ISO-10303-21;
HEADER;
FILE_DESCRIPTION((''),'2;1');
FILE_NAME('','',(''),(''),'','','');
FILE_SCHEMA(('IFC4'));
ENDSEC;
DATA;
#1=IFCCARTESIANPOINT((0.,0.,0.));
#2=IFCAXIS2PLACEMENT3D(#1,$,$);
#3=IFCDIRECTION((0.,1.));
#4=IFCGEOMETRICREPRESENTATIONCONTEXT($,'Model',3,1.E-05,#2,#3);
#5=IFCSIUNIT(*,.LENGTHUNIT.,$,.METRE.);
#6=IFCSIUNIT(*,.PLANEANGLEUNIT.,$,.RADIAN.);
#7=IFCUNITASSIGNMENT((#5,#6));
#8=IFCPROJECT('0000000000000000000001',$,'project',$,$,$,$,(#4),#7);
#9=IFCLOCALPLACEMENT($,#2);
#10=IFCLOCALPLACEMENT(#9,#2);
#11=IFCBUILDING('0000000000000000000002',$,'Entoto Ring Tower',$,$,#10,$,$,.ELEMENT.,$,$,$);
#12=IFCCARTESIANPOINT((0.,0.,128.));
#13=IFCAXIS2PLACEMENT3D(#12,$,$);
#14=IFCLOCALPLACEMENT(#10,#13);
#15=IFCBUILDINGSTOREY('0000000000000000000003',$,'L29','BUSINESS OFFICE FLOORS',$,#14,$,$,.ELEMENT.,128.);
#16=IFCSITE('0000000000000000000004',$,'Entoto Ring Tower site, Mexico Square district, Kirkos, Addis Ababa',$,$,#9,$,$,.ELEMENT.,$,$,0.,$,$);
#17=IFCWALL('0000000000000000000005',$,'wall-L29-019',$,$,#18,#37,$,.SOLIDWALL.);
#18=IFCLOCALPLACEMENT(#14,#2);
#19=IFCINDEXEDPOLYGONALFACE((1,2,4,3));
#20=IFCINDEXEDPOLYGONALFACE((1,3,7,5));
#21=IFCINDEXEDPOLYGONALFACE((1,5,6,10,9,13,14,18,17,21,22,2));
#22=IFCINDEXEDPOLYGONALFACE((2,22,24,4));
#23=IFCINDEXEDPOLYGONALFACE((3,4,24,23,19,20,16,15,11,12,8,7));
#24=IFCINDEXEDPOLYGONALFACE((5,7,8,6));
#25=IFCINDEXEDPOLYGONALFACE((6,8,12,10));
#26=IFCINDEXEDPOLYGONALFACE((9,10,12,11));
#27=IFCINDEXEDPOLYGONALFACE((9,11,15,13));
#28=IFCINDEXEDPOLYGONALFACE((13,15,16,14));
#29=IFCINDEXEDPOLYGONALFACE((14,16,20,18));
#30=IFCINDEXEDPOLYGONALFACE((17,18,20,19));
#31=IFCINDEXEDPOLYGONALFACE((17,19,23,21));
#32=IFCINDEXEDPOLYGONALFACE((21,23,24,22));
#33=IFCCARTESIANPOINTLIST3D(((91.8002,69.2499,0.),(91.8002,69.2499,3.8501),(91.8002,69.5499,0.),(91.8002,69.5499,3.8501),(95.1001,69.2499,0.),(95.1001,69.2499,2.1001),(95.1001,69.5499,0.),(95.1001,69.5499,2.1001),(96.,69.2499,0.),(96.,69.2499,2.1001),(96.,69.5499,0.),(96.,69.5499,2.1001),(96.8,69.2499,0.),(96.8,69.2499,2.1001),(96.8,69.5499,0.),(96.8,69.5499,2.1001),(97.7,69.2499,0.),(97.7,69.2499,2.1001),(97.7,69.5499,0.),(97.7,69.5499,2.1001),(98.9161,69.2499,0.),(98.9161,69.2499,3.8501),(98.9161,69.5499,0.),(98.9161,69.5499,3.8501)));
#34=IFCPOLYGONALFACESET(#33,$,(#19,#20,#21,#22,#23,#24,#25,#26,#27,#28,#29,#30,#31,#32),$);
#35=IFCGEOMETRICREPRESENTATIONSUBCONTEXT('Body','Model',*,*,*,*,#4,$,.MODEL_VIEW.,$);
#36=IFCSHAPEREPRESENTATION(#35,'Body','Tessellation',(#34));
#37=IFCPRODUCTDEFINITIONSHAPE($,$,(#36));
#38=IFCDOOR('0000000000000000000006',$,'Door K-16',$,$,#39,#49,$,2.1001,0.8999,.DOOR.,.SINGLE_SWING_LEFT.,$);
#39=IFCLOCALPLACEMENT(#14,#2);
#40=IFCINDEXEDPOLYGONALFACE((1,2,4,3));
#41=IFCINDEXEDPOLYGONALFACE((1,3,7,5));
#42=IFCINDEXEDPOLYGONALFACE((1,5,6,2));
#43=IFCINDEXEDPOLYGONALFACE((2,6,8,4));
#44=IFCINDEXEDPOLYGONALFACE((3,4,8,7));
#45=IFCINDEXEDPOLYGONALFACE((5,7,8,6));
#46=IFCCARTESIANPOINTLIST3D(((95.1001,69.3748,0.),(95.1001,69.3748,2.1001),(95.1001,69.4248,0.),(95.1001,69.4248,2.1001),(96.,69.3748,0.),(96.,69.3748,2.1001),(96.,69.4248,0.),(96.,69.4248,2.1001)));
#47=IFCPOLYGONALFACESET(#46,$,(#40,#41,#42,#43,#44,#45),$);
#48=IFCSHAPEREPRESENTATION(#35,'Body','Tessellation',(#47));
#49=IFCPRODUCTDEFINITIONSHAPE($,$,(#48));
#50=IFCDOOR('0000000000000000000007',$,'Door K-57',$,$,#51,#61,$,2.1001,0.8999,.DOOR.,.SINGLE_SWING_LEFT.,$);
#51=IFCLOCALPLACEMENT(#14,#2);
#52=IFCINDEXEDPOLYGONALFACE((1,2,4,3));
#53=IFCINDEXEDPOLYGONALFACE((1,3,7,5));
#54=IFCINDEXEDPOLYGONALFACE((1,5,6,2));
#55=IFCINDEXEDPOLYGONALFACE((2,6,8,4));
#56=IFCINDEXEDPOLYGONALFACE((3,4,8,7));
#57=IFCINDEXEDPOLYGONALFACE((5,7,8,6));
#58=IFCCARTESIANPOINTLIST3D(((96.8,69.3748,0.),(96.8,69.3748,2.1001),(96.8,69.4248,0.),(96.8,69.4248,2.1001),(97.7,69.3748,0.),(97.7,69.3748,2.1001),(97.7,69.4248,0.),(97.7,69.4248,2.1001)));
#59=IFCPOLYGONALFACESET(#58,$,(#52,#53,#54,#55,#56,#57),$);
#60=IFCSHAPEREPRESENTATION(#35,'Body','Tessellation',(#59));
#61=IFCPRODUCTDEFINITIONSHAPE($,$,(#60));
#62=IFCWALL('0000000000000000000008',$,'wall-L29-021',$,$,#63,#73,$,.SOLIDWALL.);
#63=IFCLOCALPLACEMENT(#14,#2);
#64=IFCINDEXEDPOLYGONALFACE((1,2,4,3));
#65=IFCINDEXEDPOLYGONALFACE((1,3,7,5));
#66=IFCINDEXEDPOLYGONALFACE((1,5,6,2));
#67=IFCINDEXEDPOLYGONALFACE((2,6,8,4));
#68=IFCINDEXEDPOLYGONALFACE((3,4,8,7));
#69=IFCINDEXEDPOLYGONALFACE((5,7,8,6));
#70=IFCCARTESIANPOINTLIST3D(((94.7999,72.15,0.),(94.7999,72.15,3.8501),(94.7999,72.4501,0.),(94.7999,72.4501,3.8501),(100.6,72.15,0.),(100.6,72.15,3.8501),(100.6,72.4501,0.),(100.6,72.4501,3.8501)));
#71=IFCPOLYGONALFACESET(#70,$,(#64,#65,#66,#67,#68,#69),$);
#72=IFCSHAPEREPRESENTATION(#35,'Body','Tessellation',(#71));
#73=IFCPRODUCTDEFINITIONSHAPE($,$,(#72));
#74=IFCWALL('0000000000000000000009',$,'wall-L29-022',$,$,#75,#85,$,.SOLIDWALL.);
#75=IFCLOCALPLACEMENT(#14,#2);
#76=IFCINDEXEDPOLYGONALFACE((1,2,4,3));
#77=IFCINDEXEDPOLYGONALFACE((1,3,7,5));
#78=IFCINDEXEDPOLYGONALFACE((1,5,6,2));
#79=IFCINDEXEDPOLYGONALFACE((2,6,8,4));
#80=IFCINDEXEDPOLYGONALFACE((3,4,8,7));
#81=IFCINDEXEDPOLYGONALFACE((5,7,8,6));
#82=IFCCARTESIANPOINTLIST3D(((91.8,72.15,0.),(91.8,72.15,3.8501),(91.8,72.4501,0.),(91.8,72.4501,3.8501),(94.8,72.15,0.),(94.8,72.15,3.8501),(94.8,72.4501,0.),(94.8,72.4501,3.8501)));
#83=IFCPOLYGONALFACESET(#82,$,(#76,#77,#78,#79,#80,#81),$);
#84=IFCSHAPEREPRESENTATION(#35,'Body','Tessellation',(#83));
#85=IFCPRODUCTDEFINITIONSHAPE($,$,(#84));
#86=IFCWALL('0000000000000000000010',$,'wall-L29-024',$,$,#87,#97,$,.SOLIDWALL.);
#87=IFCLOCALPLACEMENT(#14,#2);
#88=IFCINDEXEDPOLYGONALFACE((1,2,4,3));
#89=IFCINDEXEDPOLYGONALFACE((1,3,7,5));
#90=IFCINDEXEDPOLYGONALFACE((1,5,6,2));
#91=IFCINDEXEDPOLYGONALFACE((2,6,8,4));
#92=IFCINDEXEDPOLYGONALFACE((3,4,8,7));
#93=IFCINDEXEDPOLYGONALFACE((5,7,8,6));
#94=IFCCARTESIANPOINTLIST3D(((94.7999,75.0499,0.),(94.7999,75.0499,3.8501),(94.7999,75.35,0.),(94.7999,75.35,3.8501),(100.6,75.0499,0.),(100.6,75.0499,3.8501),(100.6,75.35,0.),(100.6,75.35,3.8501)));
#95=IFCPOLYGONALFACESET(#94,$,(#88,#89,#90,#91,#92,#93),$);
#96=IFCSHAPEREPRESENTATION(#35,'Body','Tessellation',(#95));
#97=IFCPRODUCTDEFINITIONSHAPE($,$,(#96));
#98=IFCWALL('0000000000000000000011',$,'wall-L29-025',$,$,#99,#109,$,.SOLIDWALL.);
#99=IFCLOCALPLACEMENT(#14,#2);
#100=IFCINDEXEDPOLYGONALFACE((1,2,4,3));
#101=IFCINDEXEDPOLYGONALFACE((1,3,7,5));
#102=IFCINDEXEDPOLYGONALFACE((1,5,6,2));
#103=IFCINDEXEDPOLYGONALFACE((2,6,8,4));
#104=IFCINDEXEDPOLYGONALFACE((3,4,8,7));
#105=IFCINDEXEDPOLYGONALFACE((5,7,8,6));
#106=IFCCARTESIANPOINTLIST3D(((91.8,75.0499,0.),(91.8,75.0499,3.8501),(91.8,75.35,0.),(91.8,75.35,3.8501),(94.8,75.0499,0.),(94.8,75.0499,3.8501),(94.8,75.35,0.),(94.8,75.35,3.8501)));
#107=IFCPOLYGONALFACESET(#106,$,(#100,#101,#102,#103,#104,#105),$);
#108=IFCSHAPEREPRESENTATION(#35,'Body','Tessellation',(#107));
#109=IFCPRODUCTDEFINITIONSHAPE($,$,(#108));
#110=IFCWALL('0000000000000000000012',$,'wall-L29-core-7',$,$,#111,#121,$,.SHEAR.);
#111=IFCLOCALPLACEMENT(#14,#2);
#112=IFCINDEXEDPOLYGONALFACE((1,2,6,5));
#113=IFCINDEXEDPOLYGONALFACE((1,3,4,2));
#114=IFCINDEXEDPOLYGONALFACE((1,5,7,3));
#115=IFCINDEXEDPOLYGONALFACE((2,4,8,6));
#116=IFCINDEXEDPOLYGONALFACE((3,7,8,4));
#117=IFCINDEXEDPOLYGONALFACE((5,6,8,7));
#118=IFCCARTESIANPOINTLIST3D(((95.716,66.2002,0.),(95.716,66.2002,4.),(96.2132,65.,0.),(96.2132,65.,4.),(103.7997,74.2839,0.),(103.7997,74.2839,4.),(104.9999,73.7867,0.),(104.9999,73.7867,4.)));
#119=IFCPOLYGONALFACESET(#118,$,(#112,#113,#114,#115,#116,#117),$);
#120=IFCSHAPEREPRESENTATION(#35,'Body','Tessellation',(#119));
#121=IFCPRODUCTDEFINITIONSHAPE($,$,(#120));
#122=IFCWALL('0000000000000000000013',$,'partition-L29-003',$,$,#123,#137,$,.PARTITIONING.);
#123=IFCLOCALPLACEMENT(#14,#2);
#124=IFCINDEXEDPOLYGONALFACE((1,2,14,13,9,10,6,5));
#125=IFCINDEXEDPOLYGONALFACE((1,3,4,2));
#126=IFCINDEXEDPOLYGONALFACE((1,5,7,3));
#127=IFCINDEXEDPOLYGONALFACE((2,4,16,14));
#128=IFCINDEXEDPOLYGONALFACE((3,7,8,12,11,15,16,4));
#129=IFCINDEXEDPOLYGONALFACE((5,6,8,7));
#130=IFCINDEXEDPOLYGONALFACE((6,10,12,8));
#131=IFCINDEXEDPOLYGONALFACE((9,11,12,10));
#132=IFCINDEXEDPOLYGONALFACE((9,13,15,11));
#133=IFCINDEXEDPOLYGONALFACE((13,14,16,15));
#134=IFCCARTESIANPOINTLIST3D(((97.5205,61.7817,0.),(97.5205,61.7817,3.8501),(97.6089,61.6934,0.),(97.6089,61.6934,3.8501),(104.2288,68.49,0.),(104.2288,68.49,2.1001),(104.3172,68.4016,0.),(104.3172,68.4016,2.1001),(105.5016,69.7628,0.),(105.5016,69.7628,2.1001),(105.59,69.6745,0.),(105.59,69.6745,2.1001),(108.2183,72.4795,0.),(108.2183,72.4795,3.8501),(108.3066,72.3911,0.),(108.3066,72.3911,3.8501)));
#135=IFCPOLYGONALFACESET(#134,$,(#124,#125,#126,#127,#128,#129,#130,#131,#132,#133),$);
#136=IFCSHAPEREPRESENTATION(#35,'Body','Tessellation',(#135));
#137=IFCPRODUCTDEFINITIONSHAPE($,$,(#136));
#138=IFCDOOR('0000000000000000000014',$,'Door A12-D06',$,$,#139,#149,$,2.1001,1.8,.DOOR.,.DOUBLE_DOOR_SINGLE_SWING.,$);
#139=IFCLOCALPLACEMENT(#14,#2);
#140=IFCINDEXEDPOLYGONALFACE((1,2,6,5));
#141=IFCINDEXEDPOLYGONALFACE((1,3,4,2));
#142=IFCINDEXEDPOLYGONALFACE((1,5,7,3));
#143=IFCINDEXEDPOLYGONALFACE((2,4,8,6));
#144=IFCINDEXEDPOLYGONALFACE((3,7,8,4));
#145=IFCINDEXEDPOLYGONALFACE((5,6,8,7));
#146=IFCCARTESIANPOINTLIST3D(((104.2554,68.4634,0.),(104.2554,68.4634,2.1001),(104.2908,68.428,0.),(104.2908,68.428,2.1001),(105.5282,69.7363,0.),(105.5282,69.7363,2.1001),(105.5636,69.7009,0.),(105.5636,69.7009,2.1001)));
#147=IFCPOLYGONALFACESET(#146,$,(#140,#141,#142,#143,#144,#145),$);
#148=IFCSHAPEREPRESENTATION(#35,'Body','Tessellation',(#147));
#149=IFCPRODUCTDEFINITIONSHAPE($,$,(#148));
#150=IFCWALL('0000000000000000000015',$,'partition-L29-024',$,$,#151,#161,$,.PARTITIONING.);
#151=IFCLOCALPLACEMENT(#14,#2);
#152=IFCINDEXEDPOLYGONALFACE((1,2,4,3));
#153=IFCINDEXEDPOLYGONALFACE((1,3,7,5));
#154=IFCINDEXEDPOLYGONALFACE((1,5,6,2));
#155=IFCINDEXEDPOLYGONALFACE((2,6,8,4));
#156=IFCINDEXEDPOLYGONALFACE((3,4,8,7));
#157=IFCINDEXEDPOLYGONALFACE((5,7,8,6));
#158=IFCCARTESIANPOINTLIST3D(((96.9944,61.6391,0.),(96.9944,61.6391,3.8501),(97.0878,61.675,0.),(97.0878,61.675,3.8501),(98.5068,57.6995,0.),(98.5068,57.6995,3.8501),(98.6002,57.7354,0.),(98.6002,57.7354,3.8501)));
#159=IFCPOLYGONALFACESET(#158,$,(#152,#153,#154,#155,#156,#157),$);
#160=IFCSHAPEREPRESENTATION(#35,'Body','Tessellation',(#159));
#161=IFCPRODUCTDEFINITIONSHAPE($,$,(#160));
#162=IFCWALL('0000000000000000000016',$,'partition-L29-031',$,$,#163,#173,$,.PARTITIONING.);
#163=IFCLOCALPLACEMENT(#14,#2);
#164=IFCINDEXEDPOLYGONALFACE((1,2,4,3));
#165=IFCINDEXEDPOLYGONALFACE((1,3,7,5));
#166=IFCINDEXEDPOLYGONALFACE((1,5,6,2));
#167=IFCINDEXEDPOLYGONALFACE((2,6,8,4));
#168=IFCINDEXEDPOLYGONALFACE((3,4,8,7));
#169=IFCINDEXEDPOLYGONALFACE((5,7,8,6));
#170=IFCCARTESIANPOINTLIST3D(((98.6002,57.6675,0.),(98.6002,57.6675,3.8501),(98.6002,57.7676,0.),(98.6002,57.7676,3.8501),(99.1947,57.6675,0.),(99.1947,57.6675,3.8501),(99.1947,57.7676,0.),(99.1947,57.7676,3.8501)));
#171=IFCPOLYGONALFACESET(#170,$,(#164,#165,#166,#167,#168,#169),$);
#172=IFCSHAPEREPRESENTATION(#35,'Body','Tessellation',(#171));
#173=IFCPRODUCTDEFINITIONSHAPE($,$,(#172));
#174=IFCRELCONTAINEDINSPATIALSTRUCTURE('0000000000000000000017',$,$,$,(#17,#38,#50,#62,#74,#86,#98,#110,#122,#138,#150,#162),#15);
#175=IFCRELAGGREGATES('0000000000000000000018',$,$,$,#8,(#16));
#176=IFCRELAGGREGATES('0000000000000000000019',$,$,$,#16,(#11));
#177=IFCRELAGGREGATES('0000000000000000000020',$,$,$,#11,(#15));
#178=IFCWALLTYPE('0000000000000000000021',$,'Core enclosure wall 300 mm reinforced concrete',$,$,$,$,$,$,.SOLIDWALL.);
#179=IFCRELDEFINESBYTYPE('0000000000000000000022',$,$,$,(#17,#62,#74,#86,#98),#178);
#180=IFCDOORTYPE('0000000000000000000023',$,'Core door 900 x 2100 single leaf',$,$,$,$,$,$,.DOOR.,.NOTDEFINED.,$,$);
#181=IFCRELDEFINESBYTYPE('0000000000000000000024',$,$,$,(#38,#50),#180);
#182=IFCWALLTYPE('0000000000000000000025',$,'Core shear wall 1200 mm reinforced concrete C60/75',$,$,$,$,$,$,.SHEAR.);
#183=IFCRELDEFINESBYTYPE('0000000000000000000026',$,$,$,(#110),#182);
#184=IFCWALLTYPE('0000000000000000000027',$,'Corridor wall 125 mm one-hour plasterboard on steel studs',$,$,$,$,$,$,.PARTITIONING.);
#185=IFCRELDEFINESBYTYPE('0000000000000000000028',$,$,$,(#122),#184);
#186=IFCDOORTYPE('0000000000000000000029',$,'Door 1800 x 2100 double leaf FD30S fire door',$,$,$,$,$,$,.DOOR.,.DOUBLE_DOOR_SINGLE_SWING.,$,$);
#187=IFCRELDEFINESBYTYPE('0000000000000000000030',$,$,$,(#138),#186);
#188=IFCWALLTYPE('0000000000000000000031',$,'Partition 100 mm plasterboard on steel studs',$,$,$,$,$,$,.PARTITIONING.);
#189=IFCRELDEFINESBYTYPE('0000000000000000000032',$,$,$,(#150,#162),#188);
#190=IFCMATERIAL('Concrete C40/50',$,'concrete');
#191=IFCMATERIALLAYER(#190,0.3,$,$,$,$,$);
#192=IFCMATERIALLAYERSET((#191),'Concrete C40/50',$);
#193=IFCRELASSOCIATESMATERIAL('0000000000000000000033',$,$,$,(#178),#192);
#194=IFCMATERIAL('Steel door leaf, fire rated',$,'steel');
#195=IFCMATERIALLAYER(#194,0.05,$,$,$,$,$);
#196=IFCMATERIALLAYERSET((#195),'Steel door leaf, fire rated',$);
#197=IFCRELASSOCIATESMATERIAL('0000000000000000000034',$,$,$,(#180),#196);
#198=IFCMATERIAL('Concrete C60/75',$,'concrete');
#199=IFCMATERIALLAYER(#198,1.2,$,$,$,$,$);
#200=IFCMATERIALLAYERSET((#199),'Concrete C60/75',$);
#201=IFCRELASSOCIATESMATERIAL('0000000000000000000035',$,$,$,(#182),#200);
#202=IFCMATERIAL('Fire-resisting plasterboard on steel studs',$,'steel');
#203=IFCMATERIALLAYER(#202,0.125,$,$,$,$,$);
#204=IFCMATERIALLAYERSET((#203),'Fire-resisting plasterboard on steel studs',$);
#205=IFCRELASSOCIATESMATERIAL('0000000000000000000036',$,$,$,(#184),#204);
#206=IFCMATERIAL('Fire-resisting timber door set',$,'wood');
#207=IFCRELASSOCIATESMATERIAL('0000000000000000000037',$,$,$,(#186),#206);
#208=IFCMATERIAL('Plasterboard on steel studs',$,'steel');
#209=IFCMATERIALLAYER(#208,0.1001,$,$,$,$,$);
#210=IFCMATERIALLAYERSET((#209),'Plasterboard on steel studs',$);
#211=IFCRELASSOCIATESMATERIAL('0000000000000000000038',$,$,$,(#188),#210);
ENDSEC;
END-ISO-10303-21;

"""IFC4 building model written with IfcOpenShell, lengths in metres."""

from ifc_helpers import new_model, si_unit, direction, frame, frame_2d, origin, place, context, subcontext, project, spatial, polyline, rectangle, outline, extrude, material, layer, layer_set, type_object, element, fill, save


model = new_model("IFC4")

# Units and contexts
model_context = context("Model", 3, precision=1e-05, world=origin(), true_north=direction((0.0, 1.0)))
body_context = subcontext(model_context, "Body", "Model", "MODEL_VIEW")
ifc_project = project(units=[si_unit("LENGTHUNIT", "METRE"), si_unit("PLANEANGLEUNIT", "RADIAN")], contexts=[model_context])

# Site, building, storey
site_placement = place(None, origin())
site = spatial("IfcSite", under=ifc_project, at=site_placement, Name="Entoto Ring Tower site, Mexico Square district, Kirkos, Addis Ababa", CompositionType="ELEMENT", RefElevation=0.0)
building_placement = place(site_placement, origin())
building = spatial("IfcBuilding", under=site, at=building_placement, Name="Entoto Ring Tower", CompositionType="ELEMENT")
storey_placement = place(building_placement, frame((0.0, 0.0, 128.0)))
storey = spatial("IfcBuildingStorey", under=building, at=storey_placement, Name="L29", Description="BUSINESS OFFICE FLOORS", CompositionType="ELEMENT", Elevation=128.0)

# Shared definitions
ifc_material_1 = material(Name="Concrete C40/50", Category="concrete")
ifc_layer_1 = layer(ifc_material_1, 0.3)
ifc_layer_set_1 = layer_set([ifc_layer_1], Name="Concrete C40/50")
wall_type_1 = type_object("IfcWallType", Name="Core enclosure wall 300 mm reinforced concrete", PredefinedType="SOLIDWALL", material=ifc_layer_set_1)

# Wall, openings, doors
wall_1_placement = place(storey_placement, frame((91.8, 69.3999, 0.0), z_axis=(0.0, 0.0, 1.0), x_axis=(1.0, 0.0, 0.0)))
wall_1 = element("IfcWall", 1, at=wall_1_placement, inside=storey, type_object=wall_type_1, Name="wall-L29-019", PredefinedType="SOLIDWALL", context=body_context, shape_type="SweptSolid", body=[
    extrude(rectangle(XDim=7.116, YDim=0.3, at=frame_2d((3.5581, 0.0))), origin(), (0.0, 0.0, 1.0), 3.8501),
])
opening_1_placement = place(wall_1_placement, frame((3.3, 0.0, 0.0)))
opening_1 = element("IfcOpeningElement", 2, at=opening_1_placement, cuts=wall_1, PredefinedType="OPENING", context=body_context, shape_type="SweptSolid", body=[
    extrude(rectangle(XDim=0.8999, YDim=2.1001, at=frame_2d((0.45, 1.05))), frame((0.0, 0.1602, 0.0), z_axis=(0.0, -1.0, 0.0), x_axis=(1.0, 0.0, 0.0)), (0.0, 0.0, 1.0), 0.3201),
])
opening_2_placement = place(wall_1_placement, frame((5.0, 0.0, 0.0)))
opening_2 = element("IfcOpeningElement", 3, at=opening_2_placement, cuts=wall_1, PredefinedType="OPENING", context=body_context, shape_type="SweptSolid", body=[
    extrude(rectangle(XDim=0.8999, YDim=2.1001, at=frame_2d((0.45, 1.05))), frame((0.0, 0.1602, 0.0), z_axis=(0.0, -1.0, 0.0), x_axis=(1.0, 0.0, 0.0)), (0.0, 0.0, 1.0), 0.3201),
])
ifc_material_2 = material(Name="Steel door leaf, fire rated", Category="steel")
ifc_layer_2 = layer(ifc_material_2, 0.05)
ifc_layer_set_2 = layer_set([ifc_layer_2], Name="Steel door leaf, fire rated")
door_type_1 = type_object("IfcDoorType", Name="Core door 900 x 2100 single leaf", OperationType="NOTDEFINED", PredefinedType="DOOR", material=ifc_layer_set_2)
door_1_placement = place(opening_1_placement, origin())
door_1 = element("IfcDoor", 4, at=door_1_placement, inside=storey, type_object=door_type_1, Name="Door K-16", OperationType="SINGLE_SWING_LEFT", OverallHeight=2.1001, OverallWidth=0.8999, PredefinedType="DOOR", context=body_context, shape_type="SweptSolid", body=[
    extrude(rectangle(XDim=0.8999, YDim=2.1001, at=frame_2d((0.45, 1.05))), frame((0.0, 0.0249, 0.0), z_axis=(0.0, -1.0, 0.0), x_axis=(1.0, 0.0, 0.0)), (0.0, 0.0, 1.0), 0.05),
])
fill(opening_1, door_1)
door_2_placement = place(opening_2_placement, origin())
door_2 = element("IfcDoor", 5, at=door_2_placement, inside=storey, type_object=door_type_1, Name="Door K-57", OperationType="SINGLE_SWING_LEFT", OverallHeight=2.1001, OverallWidth=0.8999, PredefinedType="DOOR", context=body_context, shape_type="SweptSolid", body=[
    extrude(rectangle(XDim=0.8999, YDim=2.1001, at=frame_2d((0.45, 1.05))), frame((0.0, 0.0249, 0.0), z_axis=(0.0, -1.0, 0.0), x_axis=(1.0, 0.0, 0.0)), (0.0, 0.0, 1.0), 0.05),
])
fill(opening_2, door_2)

# Walls
wall_2_placement = place(storey_placement, frame((94.8, 72.3, 0.0), z_axis=(0.0, 0.0, 1.0), x_axis=(1.0, 0.0, 0.0)))
element("IfcWall", 6, at=wall_2_placement, inside=storey, type_object=wall_type_1, Name="wall-L29-021", PredefinedType="SOLIDWALL", context=body_context, shape_type="SweptSolid", body=[
    extrude(rectangle(XDim=5.8, YDim=0.3, at=frame_2d((2.8999, 0.0))), origin(), (0.0, 0.0, 1.0), 3.8501),
])
wall_3_placement = place(storey_placement, frame((91.8, 72.3, 0.0), z_axis=(0.0, 0.0, 1.0), x_axis=(1.0, 0.0, 0.0)))
element("IfcWall", 7, at=wall_3_placement, inside=storey, type_object=wall_type_1, Name="wall-L29-022", PredefinedType="SOLIDWALL", context=body_context, shape_type="SweptSolid", body=[
    extrude(rectangle(XDim=3.0, YDim=0.3, at=frame_2d((1.5, 0.0))), origin(), (0.0, 0.0, 1.0), 3.8501),
])
wall_4_placement = place(storey_placement, frame((94.8, 75.2, 0.0), z_axis=(0.0, 0.0, 1.0), x_axis=(1.0, 0.0, 0.0)))
element("IfcWall", 8, at=wall_4_placement, inside=storey, type_object=wall_type_1, Name="wall-L29-024", PredefinedType="SOLIDWALL", context=body_context, shape_type="SweptSolid", body=[
    extrude(rectangle(XDim=5.8, YDim=0.3, at=frame_2d((2.8999, 0.0))), origin(), (0.0, 0.0, 1.0), 3.8501),
])
wall_5_placement = place(storey_placement, frame((91.8, 75.2, 0.0), z_axis=(0.0, 0.0, 1.0), x_axis=(1.0, 0.0, 0.0)))
element("IfcWall", 9, at=wall_5_placement, inside=storey, type_object=wall_type_1, Name="wall-L29-025", PredefinedType="SOLIDWALL", context=body_context, shape_type="SweptSolid", body=[
    extrude(rectangle(XDim=3.0, YDim=0.3, at=frame_2d((1.5, 0.0))), origin(), (0.0, 0.0, 1.0), 3.8501),
])
ifc_material_3 = material(Name="Concrete C60/75", Category="concrete")
ifc_layer_3 = layer(ifc_material_3, 1.2)
ifc_layer_set_3 = layer_set([ifc_layer_3], Name="Concrete C60/75")
wall_type_2 = type_object("IfcWallType", Name="Core shear wall 1200 mm reinforced concrete C60/75", PredefinedType="SHEAR", material=ifc_layer_set_3)
wall_6_placement = place(storey_placement, frame((95.9646, 65.6001, 0.0), z_axis=(0.0, 0.0, 1.0), x_axis=(0.707107, 0.707107, 0.0)))
element("IfcWall", 10, at=wall_6_placement, inside=storey, type_object=wall_type_2, Name="wall-L29-core-7", PredefinedType="SHEAR", context=body_context, shape_type="SweptSolid", body=[
    extrude(outline(polyline([(-0.2485, -0.6001), (12.1777, -0.6001), (11.6807, 0.6001), (0.2485, 0.6001), (-0.2485, -0.6001)])), origin(), (0.0, 0.0, 1.0), 4.0),
])

# Wall, opening, door
ifc_material_4 = material(Name="Fire-resisting plasterboard on steel studs", Category="steel")
ifc_layer_4 = layer(ifc_material_4, 0.125)
ifc_layer_set_4 = layer_set([ifc_layer_4], Name="Fire-resisting plasterboard on steel studs")
wall_type_3 = type_object("IfcWallType", Name="Corridor wall 125 mm one-hour plasterboard on steel studs", PredefinedType="PARTITIONING", material=ifc_layer_set_4)
wall_7_placement = place(storey_placement, frame((97.5647, 61.7375, 0.0), z_axis=(0.0, 0.0, 1.0), x_axis=(0.707107, 0.707107, 0.0)))
wall_7 = element("IfcWall", 11, at=wall_7_placement, inside=storey, type_object=wall_type_3, Name="partition-L29-003", PredefinedType="PARTITIONING", context=body_context, shape_type="SweptSolid", body=[
    extrude(rectangle(XDim=15.1289, YDim=0.125, at=frame_2d((7.5645, 0.0))), origin(), (0.0, 0.0, 1.0), 3.8501),
])
opening_3_placement = place(wall_7_placement, frame((9.4871, 0.0, 0.0)))
opening_3 = element("IfcOpeningElement", 12, at=opening_3_placement, cuts=wall_7, PredefinedType="OPENING", context=body_context, shape_type="SweptSolid", body=[
    extrude(rectangle(XDim=1.8, YDim=2.1001, at=frame_2d((0.8999, 1.05))), frame((0.0, 0.0725, 0.0), z_axis=(0.0, -1.0, 0.0), x_axis=(1.0, 0.0, 0.0)), (0.0, 0.0, 1.0), 0.145),
])
ifc_material_5 = material(Name="Fire-resisting timber door set", Category="wood")
door_type_2 = type_object("IfcDoorType", Name="Door 1800 x 2100 double leaf FD30S fire door", OperationType="DOUBLE_DOOR_SINGLE_SWING", PredefinedType="DOOR", material=ifc_material_5)
door_3_placement = place(opening_3_placement, origin())
door_3 = element("IfcDoor", 13, at=door_3_placement, inside=storey, type_object=door_type_2, Name="Door A12-D06", OperationType="DOUBLE_DOOR_SINGLE_SWING", OverallHeight=2.1001, OverallWidth=1.8, PredefinedType="DOOR", context=body_context, shape_type="SweptSolid", body=[
    extrude(rectangle(XDim=1.8, YDim=2.1001, at=frame_2d((0.8999, 1.05))), frame((0.0, 0.0249, 0.0), z_axis=(0.0, -1.0, 0.0), x_axis=(1.0, 0.0, 0.0)), (0.0, 0.0, 1.0), 0.05),
])
fill(opening_3, door_3)

# Walls
ifc_material_6 = material(Name="Plasterboard on steel studs", Category="steel")
ifc_layer_5 = layer(ifc_material_6, 0.1001)
ifc_layer_set_5 = layer_set([ifc_layer_5], Name="Plasterboard on steel studs")
wall_type_4 = type_object("IfcWallType", Name="Partition 100 mm plasterboard on steel studs", PredefinedType="PARTITIONING", material=ifc_layer_set_5)
wall_8_placement = place(storey_placement, frame((98.5535, 57.7175, 0.0), z_axis=(0.0, 0.0, 1.0), x_axis=(-0.358398, 0.933569, 0.0)))
element("IfcWall", 14, at=wall_8_placement, inside=storey, type_object=wall_type_4, Name="partition-L29-024", PredefinedType="PARTITIONING", context=body_context, shape_type="SweptSolid", body=[
    extrude(rectangle(XDim=4.22, YDim=0.1001, at=frame_2d((2.1099, 0.0))), origin(), (0.0, 0.0, 1.0), 3.8501),
])
wall_9_placement = place(storey_placement, frame((98.6001, 57.7175, 0.0), z_axis=(0.0, 0.0, 1.0), x_axis=(1.0, 0.0, 0.0)))
element("IfcWall", 15, at=wall_9_placement, inside=storey, type_object=wall_type_4, Name="partition-L29-031", PredefinedType="PARTITIONING", context=body_context, shape_type="SweptSolid", body=[
    extrude(rectangle(XDim=0.5945, YDim=0.1001, at=frame_2d((0.2974, 0.0))), origin(), (0.0, 0.0, 1.0), 3.8501),
])

save(model, "model.ifc")
